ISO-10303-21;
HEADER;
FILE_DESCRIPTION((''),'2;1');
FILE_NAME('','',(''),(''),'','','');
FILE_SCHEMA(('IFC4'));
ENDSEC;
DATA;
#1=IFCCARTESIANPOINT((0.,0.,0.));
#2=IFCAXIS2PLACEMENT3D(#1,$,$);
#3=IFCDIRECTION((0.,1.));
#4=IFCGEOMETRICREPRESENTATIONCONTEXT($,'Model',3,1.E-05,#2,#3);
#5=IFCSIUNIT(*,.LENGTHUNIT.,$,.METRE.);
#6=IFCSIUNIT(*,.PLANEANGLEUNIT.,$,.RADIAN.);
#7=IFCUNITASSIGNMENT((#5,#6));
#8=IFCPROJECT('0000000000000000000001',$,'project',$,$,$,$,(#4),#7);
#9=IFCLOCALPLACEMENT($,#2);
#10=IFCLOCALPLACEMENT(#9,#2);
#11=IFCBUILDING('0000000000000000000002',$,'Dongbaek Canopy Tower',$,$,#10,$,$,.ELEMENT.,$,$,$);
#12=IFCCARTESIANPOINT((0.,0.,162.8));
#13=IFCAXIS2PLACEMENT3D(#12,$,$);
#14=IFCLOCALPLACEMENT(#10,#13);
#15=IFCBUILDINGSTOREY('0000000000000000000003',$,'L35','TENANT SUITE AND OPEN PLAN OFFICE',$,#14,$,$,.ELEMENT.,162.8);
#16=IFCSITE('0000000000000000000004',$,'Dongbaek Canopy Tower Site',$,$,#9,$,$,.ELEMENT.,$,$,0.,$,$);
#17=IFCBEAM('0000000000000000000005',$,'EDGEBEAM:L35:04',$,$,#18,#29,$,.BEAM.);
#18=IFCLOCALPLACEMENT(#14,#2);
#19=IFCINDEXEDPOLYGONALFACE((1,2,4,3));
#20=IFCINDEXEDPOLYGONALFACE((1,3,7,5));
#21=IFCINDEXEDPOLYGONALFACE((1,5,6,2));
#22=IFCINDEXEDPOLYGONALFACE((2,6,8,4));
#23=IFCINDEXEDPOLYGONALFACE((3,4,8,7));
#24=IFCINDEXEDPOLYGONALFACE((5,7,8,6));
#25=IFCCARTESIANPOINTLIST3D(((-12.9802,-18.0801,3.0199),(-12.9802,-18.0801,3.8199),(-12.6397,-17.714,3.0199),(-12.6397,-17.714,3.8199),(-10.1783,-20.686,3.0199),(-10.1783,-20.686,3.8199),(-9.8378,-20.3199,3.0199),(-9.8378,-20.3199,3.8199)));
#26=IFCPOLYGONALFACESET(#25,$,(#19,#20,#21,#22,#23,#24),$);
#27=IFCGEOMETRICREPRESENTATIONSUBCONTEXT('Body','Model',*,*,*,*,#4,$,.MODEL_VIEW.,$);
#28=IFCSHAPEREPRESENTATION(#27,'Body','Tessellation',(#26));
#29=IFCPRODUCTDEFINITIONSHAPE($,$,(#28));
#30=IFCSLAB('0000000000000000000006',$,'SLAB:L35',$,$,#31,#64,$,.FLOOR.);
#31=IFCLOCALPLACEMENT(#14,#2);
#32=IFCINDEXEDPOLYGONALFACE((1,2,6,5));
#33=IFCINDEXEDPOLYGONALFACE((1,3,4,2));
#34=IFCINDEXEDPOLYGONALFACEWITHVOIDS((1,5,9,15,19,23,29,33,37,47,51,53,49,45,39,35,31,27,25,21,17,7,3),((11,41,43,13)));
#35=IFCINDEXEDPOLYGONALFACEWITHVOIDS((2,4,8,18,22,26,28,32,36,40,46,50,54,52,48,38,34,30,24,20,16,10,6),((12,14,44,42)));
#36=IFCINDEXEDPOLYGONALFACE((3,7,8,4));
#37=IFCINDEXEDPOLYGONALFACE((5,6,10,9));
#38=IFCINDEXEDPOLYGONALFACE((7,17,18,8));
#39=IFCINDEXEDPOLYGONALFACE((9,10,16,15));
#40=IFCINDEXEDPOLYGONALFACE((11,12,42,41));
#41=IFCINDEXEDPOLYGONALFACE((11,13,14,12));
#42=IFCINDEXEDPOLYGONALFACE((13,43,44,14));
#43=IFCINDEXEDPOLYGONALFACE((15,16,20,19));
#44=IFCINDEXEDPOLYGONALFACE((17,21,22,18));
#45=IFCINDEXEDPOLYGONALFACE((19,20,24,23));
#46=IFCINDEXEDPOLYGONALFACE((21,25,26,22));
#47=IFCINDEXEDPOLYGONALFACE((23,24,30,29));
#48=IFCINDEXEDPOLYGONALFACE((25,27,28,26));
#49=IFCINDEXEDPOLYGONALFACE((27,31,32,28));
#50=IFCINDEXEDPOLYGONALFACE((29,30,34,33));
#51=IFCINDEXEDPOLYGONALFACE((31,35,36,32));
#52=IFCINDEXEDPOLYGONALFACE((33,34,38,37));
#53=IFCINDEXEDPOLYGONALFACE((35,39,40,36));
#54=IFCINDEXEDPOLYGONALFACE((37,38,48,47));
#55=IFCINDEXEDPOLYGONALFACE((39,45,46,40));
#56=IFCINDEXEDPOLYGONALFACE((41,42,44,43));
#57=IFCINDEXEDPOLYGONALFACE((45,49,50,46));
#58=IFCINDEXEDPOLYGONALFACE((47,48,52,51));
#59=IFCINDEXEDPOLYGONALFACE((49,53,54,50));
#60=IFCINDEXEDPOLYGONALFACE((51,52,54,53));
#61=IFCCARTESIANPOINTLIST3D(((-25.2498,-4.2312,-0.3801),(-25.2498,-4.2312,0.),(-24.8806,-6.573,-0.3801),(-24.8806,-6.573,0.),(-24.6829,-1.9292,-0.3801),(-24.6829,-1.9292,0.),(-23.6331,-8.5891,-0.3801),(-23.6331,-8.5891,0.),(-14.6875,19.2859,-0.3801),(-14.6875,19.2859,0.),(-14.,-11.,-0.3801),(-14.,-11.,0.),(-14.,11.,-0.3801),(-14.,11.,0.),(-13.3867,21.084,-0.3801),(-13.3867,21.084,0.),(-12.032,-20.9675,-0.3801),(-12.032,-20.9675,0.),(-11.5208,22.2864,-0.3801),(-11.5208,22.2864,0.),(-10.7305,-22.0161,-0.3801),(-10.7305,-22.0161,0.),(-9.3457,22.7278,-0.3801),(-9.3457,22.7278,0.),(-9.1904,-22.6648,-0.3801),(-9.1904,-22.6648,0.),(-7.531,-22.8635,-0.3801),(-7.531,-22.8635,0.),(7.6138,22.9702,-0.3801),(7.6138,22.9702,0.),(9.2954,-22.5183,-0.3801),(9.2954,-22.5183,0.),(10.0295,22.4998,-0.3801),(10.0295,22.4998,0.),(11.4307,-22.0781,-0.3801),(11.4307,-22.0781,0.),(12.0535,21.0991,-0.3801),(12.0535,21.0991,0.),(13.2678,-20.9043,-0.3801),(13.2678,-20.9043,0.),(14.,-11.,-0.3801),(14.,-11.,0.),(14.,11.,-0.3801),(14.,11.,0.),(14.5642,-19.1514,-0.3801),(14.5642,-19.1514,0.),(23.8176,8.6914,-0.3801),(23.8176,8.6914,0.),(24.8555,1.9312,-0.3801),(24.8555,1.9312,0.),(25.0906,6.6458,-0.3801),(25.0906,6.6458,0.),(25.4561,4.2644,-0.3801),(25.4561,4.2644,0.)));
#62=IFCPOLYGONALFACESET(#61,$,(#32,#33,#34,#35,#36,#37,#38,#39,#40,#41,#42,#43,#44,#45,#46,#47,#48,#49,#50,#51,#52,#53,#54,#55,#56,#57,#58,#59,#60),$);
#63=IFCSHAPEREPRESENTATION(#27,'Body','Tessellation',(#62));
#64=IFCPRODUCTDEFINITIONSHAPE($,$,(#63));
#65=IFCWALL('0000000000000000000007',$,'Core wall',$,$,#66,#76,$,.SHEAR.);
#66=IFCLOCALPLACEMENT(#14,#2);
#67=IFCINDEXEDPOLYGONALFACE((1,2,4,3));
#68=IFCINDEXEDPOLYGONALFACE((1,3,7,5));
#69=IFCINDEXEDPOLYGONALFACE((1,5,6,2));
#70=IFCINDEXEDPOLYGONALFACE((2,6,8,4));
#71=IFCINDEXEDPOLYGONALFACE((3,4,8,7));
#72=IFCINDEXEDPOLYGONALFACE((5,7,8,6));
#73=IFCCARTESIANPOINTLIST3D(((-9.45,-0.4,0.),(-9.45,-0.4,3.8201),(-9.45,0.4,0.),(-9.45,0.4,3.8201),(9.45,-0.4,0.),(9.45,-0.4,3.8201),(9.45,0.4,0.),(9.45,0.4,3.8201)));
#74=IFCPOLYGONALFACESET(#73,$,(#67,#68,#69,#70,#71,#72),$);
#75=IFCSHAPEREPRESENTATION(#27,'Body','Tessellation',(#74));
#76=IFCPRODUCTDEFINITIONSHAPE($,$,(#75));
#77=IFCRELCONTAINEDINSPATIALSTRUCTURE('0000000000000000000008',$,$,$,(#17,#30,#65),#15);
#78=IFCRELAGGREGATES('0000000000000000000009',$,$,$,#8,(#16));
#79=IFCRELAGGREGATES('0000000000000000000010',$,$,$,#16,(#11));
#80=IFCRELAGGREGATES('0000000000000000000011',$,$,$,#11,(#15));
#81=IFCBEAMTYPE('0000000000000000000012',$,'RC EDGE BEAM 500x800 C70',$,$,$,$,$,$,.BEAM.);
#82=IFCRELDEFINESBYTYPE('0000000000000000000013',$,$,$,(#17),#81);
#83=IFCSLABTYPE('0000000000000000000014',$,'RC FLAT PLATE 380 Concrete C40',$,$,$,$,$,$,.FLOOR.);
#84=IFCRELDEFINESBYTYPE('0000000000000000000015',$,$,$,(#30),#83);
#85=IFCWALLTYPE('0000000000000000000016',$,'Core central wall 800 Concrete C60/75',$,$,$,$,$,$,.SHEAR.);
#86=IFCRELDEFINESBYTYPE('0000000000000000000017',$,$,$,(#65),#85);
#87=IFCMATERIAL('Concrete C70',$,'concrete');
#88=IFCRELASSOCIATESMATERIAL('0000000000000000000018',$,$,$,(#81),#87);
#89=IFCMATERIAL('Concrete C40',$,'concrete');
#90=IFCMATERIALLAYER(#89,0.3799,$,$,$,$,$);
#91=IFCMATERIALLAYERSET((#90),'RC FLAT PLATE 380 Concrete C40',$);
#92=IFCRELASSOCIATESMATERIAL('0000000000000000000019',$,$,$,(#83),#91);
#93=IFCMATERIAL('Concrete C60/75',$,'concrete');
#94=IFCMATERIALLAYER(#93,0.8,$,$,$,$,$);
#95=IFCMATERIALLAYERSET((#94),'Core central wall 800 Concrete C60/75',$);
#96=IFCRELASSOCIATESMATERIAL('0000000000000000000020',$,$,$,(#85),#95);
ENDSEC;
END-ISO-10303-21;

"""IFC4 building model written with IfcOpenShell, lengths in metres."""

from ifc_helpers import new_model, si_unit, direction, frame, frame_2d, origin, origin_2d, place, context, subcontext, project, spatial, polyline, rectangle, outline, extrude, material, layer, layer_set, material_profile, profile_set, type_object, element, save


model = new_model("IFC4")

# Units and contexts
model_context = context("Model", 3, precision=1e-05, world=origin(), true_north=direction((0.0, 1.0)))
body_context = subcontext(model_context, "Body", "Model", "MODEL_VIEW")
ifc_project = project(units=[si_unit("LENGTHUNIT", "METRE"), si_unit("PLANEANGLEUNIT", "RADIAN")], contexts=[model_context])

# Site, building, storey
site_placement = place(None, origin())
site = spatial("IfcSite", under=ifc_project, at=site_placement, Name="Dongbaek Canopy Tower Site", CompositionType="ELEMENT", RefElevation=0.0)
building_placement = place(site_placement, origin())
building = spatial("IfcBuilding", under=site, at=building_placement, Name="Dongbaek Canopy Tower", CompositionType="ELEMENT")
storey_placement = place(building_placement, frame((0.0, 0.0, 162.8)))
storey = spatial("IfcBuildingStorey", under=building, at=storey_placement, Name="L35", Description="TENANT SUITE AND OPEN PLAN OFFICE", CompositionType="ELEMENT", Elevation=162.8)

# Beam
ifc_material_1 = material(Name="Concrete C70", Category="concrete")
ifc_material_profile = material_profile(ifc_material_1, rectangle(XDim=0.5, YDim=0.8, at=origin_2d()), Name="RC EDGE BEAM 500x800 C70")
ifc_profile_set = profile_set([ifc_material_profile], Name="Concrete C70")
beam_type = type_object("IfcBeamType", Name="RC EDGE BEAM 500x800 C70", PredefinedType="BEAM", material=ifc_profile_set)
beam_placement = place(storey_placement, frame((-10.0081, -20.5029, 3.4199), z_axis=(-0.732259, 0.681026, 0.0), x_axis=(-0.681026, -0.732259, 0.0)))
element("IfcBeam", 1, at=beam_placement, inside=storey, type_object=beam_type, Name="EDGEBEAM:L35:04", PredefinedType="BEAM", context=body_context, shape_type="SweptSolid", body=[
    extrude(rectangle(XDim=0.5, YDim=0.8, at=origin_2d()), origin(), (0.0, 0.0, 1.0), 3.8264),
])

# Slab
ifc_material_2 = material(Name="Concrete C40", Category="concrete")
ifc_layer_1 = layer(ifc_material_2, 0.3799)
ifc_layer_set_1 = layer_set([ifc_layer_1], Name="RC FLAT PLATE 380 Concrete C40")
slab_type = type_object("IfcSlabType", Name="RC FLAT PLATE 380 Concrete C40", PredefinedType="FLOOR", material=ifc_layer_set_1)
slab_placement = place(storey_placement, frame((0.0, 0.0, -0.3801)))
element("IfcSlab", 2, at=slab_placement, inside=storey, type_object=slab_type, Name="SLAB:L35", PredefinedType="FLOOR", context=body_context, shape_type="SweptSolid", body=[
    extrude(outline(polyline([(14.5642, -19.1514), (13.2678, -20.9043), (11.4307, -22.0781), (9.2954, -22.5183), (-7.531, -22.8635), (-9.1904, -22.6648), (-10.7305, -22.0161), (-12.032, -20.9675), (-23.6331, -8.5891), (-24.8806, -6.573), (-25.2498, -4.2312), (-24.6829, -1.9292), (-14.6875, 19.2859), (-13.3867, 21.084), (-11.5208, 22.2864), (-9.3457, 22.7278), (7.6138, 22.9702), (10.0295, 22.4998), (12.0535, 21.0991), (23.8176, 8.6914), (25.0906, 6.6458), (25.4561, 4.2644), (24.8555, 1.9312), (14.5642, -19.1514)]), holes=[polyline([(14.0, 11.0), (-14.0, 11.0), (-14.0, -11.0), (14.0, -11.0), (14.0, 11.0)])]), origin(), (0.0, 0.0, 1.0), 0.3801),
])

# Wall
ifc_material_3 = material(Name="Concrete C60/75", Category="concrete")
ifc_layer_2 = layer(ifc_material_3, 0.8)
ifc_layer_set_2 = layer_set([ifc_layer_2], Name="Core central wall 800 Concrete C60/75")
wall_type_1 = type_object("IfcWallType", Name="Core central wall 800 Concrete C60/75", PredefinedType="SHEAR", material=ifc_layer_set_2)
wall_1_placement = place(storey_placement, frame((-9.45, 0.0, 0.0), z_axis=(0.0, 0.0, 1.0), x_axis=(1.0, 0.0, 0.0)))
element("IfcWall", 3, at=wall_1_placement, inside=storey, type_object=wall_type_1, Name="Core wall", PredefinedType="SHEAR", context=body_context, shape_type="SweptSolid", body=[
    extrude(rectangle(XDim=18.8999, YDim=0.8, at=frame_2d((9.45, 0.0))), origin(), (0.0, 0.0, 1.0), 3.8201),
])

save(model, "model.ifc")
